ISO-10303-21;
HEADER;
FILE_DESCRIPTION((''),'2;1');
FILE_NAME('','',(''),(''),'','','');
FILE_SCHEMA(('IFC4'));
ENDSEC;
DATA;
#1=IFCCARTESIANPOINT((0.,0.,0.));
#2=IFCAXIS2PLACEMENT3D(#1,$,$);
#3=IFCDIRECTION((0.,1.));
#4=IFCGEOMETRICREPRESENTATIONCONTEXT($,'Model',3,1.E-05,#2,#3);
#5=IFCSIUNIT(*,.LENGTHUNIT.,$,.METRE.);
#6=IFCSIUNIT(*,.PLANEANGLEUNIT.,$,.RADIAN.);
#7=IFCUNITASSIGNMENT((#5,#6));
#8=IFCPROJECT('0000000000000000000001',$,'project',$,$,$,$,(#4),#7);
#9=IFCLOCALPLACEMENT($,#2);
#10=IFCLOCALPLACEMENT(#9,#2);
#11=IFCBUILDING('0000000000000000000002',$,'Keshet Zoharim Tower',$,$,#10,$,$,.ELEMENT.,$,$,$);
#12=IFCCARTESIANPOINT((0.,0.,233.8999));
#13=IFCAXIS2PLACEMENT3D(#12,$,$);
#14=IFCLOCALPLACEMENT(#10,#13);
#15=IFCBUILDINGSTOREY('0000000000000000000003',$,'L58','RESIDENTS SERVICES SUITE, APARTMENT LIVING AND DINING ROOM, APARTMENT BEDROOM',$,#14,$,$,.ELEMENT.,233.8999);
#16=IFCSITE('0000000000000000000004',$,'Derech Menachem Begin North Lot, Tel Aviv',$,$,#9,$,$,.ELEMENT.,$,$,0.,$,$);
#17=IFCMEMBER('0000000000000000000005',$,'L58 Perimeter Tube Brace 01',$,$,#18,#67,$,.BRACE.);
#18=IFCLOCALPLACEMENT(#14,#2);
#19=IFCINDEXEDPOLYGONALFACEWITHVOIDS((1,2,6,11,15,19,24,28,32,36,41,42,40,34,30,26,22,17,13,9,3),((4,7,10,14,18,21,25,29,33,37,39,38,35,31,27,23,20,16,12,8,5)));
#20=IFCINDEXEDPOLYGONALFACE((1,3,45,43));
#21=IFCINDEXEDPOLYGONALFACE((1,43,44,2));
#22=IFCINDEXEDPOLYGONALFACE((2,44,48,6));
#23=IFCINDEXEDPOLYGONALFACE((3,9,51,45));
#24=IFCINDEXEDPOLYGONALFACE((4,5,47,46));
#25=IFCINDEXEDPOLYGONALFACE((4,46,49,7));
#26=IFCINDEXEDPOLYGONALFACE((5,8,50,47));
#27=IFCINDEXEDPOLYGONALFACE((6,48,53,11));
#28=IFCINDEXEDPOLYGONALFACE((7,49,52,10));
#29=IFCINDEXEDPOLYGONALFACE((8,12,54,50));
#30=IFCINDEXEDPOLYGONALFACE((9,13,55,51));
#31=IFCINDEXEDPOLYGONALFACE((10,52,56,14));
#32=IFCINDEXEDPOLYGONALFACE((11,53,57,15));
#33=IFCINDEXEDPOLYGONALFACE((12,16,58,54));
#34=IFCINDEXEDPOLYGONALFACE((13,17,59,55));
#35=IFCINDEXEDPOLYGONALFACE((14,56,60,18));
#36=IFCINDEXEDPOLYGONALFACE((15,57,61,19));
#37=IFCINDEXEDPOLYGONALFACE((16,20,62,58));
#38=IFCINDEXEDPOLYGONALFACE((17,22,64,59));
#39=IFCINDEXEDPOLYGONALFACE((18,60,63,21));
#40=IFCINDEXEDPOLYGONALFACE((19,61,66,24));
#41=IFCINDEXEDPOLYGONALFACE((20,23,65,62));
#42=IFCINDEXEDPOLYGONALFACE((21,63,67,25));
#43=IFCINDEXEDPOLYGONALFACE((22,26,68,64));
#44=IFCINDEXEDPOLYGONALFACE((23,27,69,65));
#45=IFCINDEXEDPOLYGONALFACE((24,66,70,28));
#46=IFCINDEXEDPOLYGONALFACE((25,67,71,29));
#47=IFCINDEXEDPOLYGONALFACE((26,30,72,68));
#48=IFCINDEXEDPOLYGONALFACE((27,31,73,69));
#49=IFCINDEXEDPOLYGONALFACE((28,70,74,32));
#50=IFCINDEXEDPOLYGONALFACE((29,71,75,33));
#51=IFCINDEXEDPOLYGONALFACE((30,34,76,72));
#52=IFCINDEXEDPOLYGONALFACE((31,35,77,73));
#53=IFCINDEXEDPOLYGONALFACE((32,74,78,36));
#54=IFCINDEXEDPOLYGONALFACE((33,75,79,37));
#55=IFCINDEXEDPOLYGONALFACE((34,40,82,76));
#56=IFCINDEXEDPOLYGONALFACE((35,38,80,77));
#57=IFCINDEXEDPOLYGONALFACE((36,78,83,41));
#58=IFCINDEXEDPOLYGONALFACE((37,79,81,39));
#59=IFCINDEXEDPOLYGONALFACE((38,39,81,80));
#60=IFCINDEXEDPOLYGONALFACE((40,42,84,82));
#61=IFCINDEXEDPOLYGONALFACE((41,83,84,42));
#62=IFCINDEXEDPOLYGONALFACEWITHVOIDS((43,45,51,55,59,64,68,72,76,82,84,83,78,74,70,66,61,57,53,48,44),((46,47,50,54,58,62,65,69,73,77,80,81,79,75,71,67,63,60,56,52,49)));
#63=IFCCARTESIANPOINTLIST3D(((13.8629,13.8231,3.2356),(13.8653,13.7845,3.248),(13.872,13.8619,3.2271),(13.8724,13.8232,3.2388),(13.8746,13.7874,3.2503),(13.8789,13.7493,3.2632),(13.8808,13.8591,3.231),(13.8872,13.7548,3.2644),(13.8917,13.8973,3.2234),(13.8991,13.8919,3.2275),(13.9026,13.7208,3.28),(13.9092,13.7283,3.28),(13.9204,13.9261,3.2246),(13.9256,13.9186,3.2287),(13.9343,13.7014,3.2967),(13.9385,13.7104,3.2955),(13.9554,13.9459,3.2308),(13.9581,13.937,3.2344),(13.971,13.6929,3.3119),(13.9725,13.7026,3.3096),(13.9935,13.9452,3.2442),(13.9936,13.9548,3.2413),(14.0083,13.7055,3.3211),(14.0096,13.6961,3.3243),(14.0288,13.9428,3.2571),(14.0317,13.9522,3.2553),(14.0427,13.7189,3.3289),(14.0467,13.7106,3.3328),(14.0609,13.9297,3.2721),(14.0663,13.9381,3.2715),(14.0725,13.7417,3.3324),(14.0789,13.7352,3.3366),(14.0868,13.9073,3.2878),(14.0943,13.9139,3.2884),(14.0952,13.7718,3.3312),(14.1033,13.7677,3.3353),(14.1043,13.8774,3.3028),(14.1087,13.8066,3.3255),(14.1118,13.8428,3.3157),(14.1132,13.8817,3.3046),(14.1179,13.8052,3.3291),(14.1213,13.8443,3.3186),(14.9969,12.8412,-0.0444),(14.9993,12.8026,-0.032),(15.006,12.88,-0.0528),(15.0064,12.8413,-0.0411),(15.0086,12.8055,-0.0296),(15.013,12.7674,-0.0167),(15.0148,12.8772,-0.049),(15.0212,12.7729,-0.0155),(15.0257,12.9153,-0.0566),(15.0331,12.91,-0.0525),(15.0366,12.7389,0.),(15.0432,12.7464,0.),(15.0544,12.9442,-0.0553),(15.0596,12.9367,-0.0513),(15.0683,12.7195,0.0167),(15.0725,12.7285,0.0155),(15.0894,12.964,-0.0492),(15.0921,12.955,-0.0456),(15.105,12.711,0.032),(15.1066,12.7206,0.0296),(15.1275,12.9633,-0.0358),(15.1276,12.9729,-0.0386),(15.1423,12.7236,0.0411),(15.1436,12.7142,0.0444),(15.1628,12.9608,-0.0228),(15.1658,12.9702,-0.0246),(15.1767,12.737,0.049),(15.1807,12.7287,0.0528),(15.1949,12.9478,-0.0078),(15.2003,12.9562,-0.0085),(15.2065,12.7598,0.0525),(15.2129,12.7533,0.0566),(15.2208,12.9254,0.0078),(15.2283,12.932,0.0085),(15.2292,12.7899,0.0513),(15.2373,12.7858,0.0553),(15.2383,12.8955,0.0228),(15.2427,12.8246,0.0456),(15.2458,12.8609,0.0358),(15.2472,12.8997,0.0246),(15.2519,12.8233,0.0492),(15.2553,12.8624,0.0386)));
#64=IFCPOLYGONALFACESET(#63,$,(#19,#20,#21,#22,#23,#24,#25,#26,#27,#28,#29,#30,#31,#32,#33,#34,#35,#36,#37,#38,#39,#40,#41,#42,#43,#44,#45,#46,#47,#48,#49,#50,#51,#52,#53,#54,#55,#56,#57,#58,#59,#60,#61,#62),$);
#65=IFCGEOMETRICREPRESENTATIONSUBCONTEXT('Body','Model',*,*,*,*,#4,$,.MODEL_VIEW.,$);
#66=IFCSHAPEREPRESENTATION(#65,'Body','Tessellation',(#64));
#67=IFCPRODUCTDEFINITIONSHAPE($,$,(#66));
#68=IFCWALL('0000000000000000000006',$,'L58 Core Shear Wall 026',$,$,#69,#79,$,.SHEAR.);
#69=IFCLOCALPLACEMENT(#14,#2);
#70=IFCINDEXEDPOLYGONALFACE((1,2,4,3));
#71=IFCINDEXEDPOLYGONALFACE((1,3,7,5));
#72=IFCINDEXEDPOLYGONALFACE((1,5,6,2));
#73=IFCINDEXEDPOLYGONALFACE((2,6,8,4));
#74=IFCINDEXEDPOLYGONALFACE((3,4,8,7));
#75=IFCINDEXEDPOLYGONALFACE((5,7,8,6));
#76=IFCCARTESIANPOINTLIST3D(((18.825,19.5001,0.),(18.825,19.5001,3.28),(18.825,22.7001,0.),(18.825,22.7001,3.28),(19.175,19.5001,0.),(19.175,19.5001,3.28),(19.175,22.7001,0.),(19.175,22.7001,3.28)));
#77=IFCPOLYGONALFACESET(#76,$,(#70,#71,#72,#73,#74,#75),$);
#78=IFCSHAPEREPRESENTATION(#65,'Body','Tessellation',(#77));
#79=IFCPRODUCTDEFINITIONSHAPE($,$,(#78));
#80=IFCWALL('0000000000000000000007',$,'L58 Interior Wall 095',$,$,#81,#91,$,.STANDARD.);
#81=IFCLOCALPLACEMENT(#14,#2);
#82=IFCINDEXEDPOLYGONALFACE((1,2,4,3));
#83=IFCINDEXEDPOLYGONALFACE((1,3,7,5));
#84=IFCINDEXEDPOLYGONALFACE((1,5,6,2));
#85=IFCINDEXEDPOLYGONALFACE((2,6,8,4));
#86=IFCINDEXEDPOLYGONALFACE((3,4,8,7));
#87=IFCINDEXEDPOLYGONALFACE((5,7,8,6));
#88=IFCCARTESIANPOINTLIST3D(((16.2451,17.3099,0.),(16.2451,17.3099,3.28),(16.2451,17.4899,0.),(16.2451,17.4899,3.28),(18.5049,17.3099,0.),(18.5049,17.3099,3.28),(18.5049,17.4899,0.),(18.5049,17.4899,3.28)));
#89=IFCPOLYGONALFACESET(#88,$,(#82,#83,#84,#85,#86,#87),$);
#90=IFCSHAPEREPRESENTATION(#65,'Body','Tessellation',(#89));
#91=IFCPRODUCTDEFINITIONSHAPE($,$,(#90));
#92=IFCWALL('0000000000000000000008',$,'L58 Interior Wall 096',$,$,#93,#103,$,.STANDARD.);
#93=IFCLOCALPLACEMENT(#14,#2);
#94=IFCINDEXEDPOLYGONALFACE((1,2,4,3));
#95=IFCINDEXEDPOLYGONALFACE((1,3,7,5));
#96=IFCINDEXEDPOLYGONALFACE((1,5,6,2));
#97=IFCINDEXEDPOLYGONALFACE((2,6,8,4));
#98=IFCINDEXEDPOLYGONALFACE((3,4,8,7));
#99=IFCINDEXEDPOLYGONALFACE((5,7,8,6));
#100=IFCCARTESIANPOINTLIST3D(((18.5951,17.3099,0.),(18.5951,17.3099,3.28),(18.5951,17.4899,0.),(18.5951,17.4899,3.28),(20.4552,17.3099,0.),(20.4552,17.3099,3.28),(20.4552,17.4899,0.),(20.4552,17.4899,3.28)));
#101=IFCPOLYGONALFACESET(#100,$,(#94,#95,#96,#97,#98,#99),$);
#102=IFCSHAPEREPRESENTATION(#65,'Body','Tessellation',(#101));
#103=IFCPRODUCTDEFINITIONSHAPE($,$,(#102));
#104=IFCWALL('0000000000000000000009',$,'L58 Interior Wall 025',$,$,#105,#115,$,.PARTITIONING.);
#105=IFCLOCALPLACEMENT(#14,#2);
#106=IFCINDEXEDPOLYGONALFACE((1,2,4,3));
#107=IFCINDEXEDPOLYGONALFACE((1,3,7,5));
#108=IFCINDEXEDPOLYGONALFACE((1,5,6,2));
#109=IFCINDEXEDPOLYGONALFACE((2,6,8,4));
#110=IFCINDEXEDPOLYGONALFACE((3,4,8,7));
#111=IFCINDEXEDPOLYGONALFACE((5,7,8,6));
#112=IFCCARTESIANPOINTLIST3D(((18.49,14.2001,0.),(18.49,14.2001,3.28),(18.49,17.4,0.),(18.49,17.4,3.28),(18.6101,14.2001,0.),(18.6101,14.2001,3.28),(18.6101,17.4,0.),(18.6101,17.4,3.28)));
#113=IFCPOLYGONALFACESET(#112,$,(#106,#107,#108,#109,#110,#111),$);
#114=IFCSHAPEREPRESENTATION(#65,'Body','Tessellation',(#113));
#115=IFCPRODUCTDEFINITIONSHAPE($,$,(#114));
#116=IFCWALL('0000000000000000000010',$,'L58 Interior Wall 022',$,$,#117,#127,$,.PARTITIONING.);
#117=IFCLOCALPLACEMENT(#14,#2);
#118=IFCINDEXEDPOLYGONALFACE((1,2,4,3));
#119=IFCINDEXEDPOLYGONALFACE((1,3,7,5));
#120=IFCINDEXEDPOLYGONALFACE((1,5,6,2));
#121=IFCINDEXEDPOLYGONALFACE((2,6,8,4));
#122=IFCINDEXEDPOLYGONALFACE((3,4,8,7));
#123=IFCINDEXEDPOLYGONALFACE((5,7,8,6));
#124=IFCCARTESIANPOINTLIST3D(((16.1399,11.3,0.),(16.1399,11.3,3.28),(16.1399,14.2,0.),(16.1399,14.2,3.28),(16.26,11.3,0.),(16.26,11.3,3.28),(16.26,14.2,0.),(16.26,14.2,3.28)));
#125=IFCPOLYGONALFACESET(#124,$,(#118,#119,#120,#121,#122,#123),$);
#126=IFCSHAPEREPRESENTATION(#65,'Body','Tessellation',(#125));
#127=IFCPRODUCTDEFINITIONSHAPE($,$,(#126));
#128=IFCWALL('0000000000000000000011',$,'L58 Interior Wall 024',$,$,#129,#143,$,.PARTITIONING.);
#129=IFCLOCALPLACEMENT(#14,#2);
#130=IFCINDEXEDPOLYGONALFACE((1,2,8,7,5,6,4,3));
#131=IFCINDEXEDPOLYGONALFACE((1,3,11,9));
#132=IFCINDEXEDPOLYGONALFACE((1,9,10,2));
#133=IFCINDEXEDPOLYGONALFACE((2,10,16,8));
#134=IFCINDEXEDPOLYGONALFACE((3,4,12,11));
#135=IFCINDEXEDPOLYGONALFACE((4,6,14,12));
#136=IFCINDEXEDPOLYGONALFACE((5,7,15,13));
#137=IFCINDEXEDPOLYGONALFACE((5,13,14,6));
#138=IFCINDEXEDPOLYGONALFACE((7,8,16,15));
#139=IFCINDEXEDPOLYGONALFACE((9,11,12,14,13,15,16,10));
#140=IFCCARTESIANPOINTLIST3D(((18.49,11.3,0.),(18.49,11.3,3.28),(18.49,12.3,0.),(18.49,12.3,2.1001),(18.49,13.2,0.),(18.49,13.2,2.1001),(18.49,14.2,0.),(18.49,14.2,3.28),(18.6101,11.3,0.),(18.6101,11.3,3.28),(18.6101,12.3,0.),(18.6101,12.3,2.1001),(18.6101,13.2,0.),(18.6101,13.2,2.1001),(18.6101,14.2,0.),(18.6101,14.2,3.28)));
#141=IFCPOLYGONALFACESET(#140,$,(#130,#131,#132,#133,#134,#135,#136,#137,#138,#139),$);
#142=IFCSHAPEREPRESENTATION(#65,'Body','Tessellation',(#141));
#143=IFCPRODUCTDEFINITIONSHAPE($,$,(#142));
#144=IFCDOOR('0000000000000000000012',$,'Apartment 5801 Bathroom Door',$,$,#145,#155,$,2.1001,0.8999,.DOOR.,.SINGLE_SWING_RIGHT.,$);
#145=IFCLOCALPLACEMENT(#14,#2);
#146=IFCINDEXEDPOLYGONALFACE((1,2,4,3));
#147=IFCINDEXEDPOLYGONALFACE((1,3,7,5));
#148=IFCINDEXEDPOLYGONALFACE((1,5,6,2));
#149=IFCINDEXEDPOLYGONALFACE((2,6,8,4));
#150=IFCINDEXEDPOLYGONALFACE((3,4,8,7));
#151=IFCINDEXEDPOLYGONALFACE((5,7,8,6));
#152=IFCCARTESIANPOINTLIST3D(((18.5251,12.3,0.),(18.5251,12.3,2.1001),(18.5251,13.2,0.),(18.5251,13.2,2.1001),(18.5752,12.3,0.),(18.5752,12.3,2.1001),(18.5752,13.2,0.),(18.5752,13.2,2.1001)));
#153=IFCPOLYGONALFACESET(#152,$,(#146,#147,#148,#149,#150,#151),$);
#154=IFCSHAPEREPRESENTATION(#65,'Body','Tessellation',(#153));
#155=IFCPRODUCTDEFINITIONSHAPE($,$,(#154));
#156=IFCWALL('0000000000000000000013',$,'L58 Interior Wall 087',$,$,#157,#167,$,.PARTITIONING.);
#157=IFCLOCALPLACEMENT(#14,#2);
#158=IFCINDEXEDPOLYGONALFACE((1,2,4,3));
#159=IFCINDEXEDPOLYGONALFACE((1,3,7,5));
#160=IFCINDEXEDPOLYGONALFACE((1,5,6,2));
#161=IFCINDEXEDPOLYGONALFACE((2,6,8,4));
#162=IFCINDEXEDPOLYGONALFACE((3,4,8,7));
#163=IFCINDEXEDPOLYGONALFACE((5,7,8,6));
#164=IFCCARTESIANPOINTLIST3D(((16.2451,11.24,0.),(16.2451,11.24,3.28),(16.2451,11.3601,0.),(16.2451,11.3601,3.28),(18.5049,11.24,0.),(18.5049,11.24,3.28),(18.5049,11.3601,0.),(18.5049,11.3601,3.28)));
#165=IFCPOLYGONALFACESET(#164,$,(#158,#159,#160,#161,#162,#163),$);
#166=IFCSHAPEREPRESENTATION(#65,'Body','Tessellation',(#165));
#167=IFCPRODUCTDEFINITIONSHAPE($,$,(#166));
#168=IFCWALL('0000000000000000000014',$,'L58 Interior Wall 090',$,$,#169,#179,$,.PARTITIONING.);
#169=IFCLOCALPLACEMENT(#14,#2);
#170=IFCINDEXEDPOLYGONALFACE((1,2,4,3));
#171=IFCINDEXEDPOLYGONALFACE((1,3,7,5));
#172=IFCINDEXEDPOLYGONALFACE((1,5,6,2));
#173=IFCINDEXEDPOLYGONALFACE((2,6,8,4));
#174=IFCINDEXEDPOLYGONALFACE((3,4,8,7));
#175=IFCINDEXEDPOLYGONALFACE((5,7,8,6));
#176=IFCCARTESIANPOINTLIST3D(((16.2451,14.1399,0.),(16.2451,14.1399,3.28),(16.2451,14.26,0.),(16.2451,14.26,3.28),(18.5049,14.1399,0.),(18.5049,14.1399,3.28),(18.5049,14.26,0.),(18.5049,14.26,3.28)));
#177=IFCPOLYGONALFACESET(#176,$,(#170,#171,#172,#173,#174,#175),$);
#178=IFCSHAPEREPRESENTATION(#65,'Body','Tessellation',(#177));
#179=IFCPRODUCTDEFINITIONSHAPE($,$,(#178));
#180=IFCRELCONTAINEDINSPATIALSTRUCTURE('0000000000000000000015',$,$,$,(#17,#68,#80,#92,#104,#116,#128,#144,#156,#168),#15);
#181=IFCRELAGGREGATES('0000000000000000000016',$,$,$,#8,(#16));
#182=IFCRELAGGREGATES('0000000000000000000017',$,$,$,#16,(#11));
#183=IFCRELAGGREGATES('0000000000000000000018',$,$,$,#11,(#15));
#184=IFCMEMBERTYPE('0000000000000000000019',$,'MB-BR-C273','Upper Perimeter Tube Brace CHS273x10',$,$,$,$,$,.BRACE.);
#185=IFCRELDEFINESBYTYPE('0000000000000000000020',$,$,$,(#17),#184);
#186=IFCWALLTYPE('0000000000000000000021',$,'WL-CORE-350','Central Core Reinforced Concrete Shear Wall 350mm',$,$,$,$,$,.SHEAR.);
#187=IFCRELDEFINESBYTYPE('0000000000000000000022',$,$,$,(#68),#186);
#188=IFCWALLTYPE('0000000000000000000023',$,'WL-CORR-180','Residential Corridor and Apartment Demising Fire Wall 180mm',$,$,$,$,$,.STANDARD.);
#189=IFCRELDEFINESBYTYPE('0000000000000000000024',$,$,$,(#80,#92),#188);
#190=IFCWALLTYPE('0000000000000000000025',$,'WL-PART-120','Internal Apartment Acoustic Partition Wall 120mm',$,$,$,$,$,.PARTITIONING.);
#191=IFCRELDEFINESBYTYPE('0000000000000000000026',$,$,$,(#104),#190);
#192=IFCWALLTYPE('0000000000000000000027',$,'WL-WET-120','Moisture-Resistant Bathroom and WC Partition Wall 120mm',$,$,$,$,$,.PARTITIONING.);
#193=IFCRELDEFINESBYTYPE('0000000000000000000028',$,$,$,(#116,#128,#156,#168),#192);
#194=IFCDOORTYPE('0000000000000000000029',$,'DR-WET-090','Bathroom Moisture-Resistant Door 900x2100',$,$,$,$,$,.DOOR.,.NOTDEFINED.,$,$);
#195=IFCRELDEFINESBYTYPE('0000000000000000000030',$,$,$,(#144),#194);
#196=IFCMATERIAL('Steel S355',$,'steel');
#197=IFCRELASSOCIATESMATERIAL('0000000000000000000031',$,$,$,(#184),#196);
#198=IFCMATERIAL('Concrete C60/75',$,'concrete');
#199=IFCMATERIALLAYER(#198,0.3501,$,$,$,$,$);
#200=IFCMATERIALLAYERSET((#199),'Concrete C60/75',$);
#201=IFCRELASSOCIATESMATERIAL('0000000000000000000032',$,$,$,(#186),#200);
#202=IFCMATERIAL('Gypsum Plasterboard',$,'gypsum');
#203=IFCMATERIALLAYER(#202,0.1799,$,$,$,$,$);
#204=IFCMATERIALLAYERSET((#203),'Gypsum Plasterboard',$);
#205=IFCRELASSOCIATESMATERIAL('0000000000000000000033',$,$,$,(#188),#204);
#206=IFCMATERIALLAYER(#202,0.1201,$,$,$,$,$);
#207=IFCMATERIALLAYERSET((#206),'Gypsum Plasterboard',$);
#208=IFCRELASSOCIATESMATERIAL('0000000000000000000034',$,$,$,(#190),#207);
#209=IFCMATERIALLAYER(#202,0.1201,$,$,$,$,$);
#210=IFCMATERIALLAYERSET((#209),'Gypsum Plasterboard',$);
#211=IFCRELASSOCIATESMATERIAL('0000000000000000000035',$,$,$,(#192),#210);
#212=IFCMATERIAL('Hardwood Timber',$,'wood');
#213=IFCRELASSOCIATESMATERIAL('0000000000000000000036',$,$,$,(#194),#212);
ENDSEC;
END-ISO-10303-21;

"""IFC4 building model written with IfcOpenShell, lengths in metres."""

from ifc_helpers import new_model, si_unit, direction, frame, frame_2d, origin, origin_2d, place, context, subcontext, project, spatial, rectangle, hollow_circle, extrude, material, layer, layer_set, material_profile, profile_set, type_object, element, fill, save


model = new_model("IFC4")

# Units and contexts
model_context = context("Model", 3, precision=1e-05, world=origin(), true_north=direction((0.0, 1.0)))
body_context = subcontext(model_context, "Body", "Model", "MODEL_VIEW")
ifc_project = project(units=[si_unit("LENGTHUNIT", "METRE"), si_unit("PLANEANGLEUNIT", "RADIAN")], contexts=[model_context])

# Site, building, storey
site_placement = place(None, origin())
site = spatial("IfcSite", under=ifc_project, at=site_placement, Name="Derech Menachem Begin North Lot, Tel Aviv", CompositionType="ELEMENT", RefElevation=0.0)
building_placement = place(site_placement, origin())
building = spatial("IfcBuilding", under=site, at=building_placement, Name="Keshet Zoharim Tower", CompositionType="ELEMENT")
storey_placement = place(building_placement, frame((0.0, 0.0, 233.8999)))
storey = spatial("IfcBuildingStorey", under=building, at=storey_placement, Name="L58", Description="RESIDENTS SERVICES SUITE, APARTMENT LIVING AND DINING ROOM, APARTMENT BEDROOM", CompositionType="ELEMENT", Elevation=233.8999)

# Member
ifc_material_1 = material(Name="Steel S355", Category="steel")
ifc_material_profile = material_profile(ifc_material_1, hollow_circle(Radius=0.1365, WallThickness=0.01, at=origin_2d()), Name="CHS273x10")
ifc_profile_set = profile_set([ifc_material_profile], Name="Steel S355")
member_type = type_object("IfcMemberType", Name="MB-BR-C273", Description="Upper Perimeter Tube Brace CHS273x10", PredefinedType="BRACE", material=ifc_profile_set)
member_placement = place(storey_placement, frame((15.126, 12.842, 0.0), z_axis=(-0.314418, 0.272247, 0.909408), x_axis=(-0.65459, -0.755984, 0.0)))
element("IfcMember", 1, at=member_placement, inside=storey, type_object=member_type, Name="L58 Perimeter Tube Brace 01", PredefinedType="BRACE", context=body_context, shape_type="SweptSolid", body=[
    extrude(hollow_circle(Radius=0.1365, WallThickness=0.01, at=origin_2d()), origin(), (0.0, 0.0, 1.0), 3.6067),
])

# Shared definitions
ifc_material_2 = material(Name="Gypsum Plasterboard", Category="gypsum")
ifc_material_3 = material(Name="Hardwood Timber", Category="wood")

# Walls
ifc_material_4 = material(Name="Concrete C60/75", Category="concrete")
ifc_layer_1 = layer(ifc_material_4, 0.3501)
ifc_layer_set_1 = layer_set([ifc_layer_1], Name="Concrete C60/75")
wall_type_1 = type_object("IfcWallType", Name="WL-CORE-350", Description="Central Core Reinforced Concrete Shear Wall 350mm", PredefinedType="SHEAR", material=ifc_layer_set_1)
wall_1_placement = place(storey_placement, frame((19.0, 19.5, 0.0), z_axis=(0.0, 0.0, 1.0), x_axis=(0.0, 1.0, 0.0)))
element("IfcWall", 2, at=wall_1_placement, inside=storey, type_object=wall_type_1, Name="L58 Core Shear Wall 026", PredefinedType="SHEAR", context=body_context, shape_type="SweptSolid", body=[
    extrude(rectangle(XDim=3.2, YDim=0.3501, at=frame_2d((1.6001, 0.0))), origin(), (0.0, 0.0, 1.0), 3.28),
])
ifc_layer_2 = layer(ifc_material_2, 0.1799)
ifc_layer_set_2 = layer_set([ifc_layer_2], Name="Gypsum Plasterboard")
wall_type_2 = type_object("IfcWallType", Name="WL-CORR-180", Description="Residential Corridor and Apartment Demising Fire Wall 180mm", PredefinedType="STANDARD", material=ifc_layer_set_2)
wall_2_placement = place(storey_placement, frame((16.2451, 17.3999, 0.0), z_axis=(0.0, 0.0, 1.0), x_axis=(1.0, 0.0, 0.0)))
element("IfcWall", 3, at=wall_2_placement, inside=storey, type_object=wall_type_2, Name="L58 Interior Wall 095", PredefinedType="STANDARD", context=body_context, shape_type="SweptSolid", body=[
    extrude(rectangle(XDim=2.2598, YDim=0.1799, at=frame_2d((1.1299, 0.0))), origin(), (0.0, 0.0, 1.0), 3.28),
])
wall_3_placement = place(storey_placement, frame((18.595, 17.3999, 0.0), z_axis=(0.0, 0.0, 1.0), x_axis=(1.0, 0.0, 0.0)))
element("IfcWall", 4, at=wall_3_placement, inside=storey, type_object=wall_type_2, Name="L58 Interior Wall 096", PredefinedType="STANDARD", context=body_context, shape_type="SweptSolid", body=[
    extrude(rectangle(XDim=1.8601, YDim=0.1799, at=frame_2d((0.9302, 0.0))), origin(), (0.0, 0.0, 1.0), 3.28),
])

# Shared definitions
ifc_layer_3 = layer(ifc_material_2, 0.1201)
ifc_layer_set_3 = layer_set([ifc_layer_3], Name="Gypsum Plasterboard")
wall_type_3 = type_object("IfcWallType", Name="WL-PART-120", Description="Internal Apartment Acoustic Partition Wall 120mm", PredefinedType="PARTITIONING", material=ifc_layer_set_3)

# Walls
wall_4_placement = place(storey_placement, frame((18.55, 14.2, 0.0), z_axis=(0.0, 0.0, 1.0), x_axis=(0.0, 1.0, 0.0)))
element("IfcWall", 5, at=wall_4_placement, inside=storey, type_object=wall_type_3, Name="L58 Interior Wall 025", PredefinedType="PARTITIONING", context=body_context, shape_type="SweptSolid", body=[
    extrude(rectangle(XDim=3.2, YDim=0.1201, at=frame_2d((1.6001, 0.0))), origin(), (0.0, 0.0, 1.0), 3.28),
])
ifc_layer_4 = layer(ifc_material_2, 0.1201)
ifc_layer_set_4 = layer_set([ifc_layer_4], Name="Gypsum Plasterboard")
wall_type_4 = type_object("IfcWallType", Name="WL-WET-120", Description="Moisture-Resistant Bathroom and WC Partition Wall 120mm", PredefinedType="PARTITIONING", material=ifc_layer_set_4)
wall_5_placement = place(storey_placement, frame((16.2, 11.3, 0.0), z_axis=(0.0, 0.0, 1.0), x_axis=(0.0, 1.0, 0.0)))
element("IfcWall", 6, at=wall_5_placement, inside=storey, type_object=wall_type_4, Name="L58 Interior Wall 022", PredefinedType="PARTITIONING", context=body_context, shape_type="SweptSolid", body=[
    extrude(rectangle(XDim=2.8999, YDim=0.1201, at=frame_2d((1.45, 0.0))), origin(), (0.0, 0.0, 1.0), 3.28),
])

# Wall, opening, door
wall_6_placement = place(storey_placement, frame((18.55, 11.3, 0.0), z_axis=(0.0, 0.0, 1.0), x_axis=(0.0, 1.0, 0.0)))
wall_6 = element("IfcWall", 7, at=wall_6_placement, inside=storey, type_object=wall_type_4, Name="L58 Interior Wall 024", PredefinedType="PARTITIONING", context=body_context, shape_type="SweptSolid", body=[
    extrude(rectangle(XDim=2.8999, YDim=0.1201, at=frame_2d((1.45, 0.0))), origin(), (0.0, 0.0, 1.0), 3.28),
])
opening_1_placement = place(wall_6_placement, frame((1.0, 0.0, 0.0)))
opening_1 = element("IfcOpeningElement", 8, at=opening_1_placement, cuts=wall_6, PredefinedType="OPENING", context=body_context, shape_type="SweptSolid", body=[
    extrude(rectangle(XDim=0.8999, YDim=2.1001, at=frame_2d((0.45, 1.05))), frame((0.0, 0.0701, 0.0), z_axis=(0.0, -1.0, 0.0), x_axis=(1.0, 0.0, 0.0)), (0.0, 0.0, 1.0), 0.1401),
])
door_type_1 = type_object("IfcDoorType", Name="DR-WET-090", Description="Bathroom Moisture-Resistant Door 900x2100", OperationType="NOTDEFINED", PredefinedType="DOOR", material=ifc_material_3)
door_1_placement = place(opening_1_placement, origin())
door_1 = element("IfcDoor", 9, at=door_1_placement, inside=storey, type_object=door_type_1, Name="Apartment 5801 Bathroom Door", OperationType="SINGLE_SWING_RIGHT", OverallHeight=2.1001, OverallWidth=0.8999, PredefinedType="DOOR", context=body_context, shape_type="SweptSolid", body=[
    extrude(rectangle(XDim=0.8999, YDim=2.1001, at=frame_2d((0.45, 1.05))), frame((0.0, 0.0249, 0.0), z_axis=(0.0, -1.0, 0.0), x_axis=(1.0, 0.0, 0.0)), (0.0, 0.0, 1.0), 0.05),
])
fill(opening_1, door_1)

# Walls
for number, where, z_axis, x_axis, name in (
    (10, (16.2451, 11.3, 0.0), (0.0, 0.0, 1.0), (1.0, 0.0, 0.0), "L58 Interior Wall 087"),
    (11, (16.2451, 14.2, 0.0), (0.0, 0.0, 1.0), (1.0, 0.0, 0.0), "L58 Interior Wall 090"),
):
    element("IfcWall", number, at=place(storey_placement, frame(where, z_axis=z_axis, x_axis=x_axis)), inside=storey, type_object=wall_type_4, Name=name, PredefinedType="PARTITIONING", context=body_context, shape_type="SweptSolid", body=[
        extrude(rectangle(XDim=2.2598, YDim=0.1201, at=frame_2d((1.1299, 0.0))), origin(), (0.0, 0.0, 1.0), 3.28),
    ])

save(model, "model.ifc")
